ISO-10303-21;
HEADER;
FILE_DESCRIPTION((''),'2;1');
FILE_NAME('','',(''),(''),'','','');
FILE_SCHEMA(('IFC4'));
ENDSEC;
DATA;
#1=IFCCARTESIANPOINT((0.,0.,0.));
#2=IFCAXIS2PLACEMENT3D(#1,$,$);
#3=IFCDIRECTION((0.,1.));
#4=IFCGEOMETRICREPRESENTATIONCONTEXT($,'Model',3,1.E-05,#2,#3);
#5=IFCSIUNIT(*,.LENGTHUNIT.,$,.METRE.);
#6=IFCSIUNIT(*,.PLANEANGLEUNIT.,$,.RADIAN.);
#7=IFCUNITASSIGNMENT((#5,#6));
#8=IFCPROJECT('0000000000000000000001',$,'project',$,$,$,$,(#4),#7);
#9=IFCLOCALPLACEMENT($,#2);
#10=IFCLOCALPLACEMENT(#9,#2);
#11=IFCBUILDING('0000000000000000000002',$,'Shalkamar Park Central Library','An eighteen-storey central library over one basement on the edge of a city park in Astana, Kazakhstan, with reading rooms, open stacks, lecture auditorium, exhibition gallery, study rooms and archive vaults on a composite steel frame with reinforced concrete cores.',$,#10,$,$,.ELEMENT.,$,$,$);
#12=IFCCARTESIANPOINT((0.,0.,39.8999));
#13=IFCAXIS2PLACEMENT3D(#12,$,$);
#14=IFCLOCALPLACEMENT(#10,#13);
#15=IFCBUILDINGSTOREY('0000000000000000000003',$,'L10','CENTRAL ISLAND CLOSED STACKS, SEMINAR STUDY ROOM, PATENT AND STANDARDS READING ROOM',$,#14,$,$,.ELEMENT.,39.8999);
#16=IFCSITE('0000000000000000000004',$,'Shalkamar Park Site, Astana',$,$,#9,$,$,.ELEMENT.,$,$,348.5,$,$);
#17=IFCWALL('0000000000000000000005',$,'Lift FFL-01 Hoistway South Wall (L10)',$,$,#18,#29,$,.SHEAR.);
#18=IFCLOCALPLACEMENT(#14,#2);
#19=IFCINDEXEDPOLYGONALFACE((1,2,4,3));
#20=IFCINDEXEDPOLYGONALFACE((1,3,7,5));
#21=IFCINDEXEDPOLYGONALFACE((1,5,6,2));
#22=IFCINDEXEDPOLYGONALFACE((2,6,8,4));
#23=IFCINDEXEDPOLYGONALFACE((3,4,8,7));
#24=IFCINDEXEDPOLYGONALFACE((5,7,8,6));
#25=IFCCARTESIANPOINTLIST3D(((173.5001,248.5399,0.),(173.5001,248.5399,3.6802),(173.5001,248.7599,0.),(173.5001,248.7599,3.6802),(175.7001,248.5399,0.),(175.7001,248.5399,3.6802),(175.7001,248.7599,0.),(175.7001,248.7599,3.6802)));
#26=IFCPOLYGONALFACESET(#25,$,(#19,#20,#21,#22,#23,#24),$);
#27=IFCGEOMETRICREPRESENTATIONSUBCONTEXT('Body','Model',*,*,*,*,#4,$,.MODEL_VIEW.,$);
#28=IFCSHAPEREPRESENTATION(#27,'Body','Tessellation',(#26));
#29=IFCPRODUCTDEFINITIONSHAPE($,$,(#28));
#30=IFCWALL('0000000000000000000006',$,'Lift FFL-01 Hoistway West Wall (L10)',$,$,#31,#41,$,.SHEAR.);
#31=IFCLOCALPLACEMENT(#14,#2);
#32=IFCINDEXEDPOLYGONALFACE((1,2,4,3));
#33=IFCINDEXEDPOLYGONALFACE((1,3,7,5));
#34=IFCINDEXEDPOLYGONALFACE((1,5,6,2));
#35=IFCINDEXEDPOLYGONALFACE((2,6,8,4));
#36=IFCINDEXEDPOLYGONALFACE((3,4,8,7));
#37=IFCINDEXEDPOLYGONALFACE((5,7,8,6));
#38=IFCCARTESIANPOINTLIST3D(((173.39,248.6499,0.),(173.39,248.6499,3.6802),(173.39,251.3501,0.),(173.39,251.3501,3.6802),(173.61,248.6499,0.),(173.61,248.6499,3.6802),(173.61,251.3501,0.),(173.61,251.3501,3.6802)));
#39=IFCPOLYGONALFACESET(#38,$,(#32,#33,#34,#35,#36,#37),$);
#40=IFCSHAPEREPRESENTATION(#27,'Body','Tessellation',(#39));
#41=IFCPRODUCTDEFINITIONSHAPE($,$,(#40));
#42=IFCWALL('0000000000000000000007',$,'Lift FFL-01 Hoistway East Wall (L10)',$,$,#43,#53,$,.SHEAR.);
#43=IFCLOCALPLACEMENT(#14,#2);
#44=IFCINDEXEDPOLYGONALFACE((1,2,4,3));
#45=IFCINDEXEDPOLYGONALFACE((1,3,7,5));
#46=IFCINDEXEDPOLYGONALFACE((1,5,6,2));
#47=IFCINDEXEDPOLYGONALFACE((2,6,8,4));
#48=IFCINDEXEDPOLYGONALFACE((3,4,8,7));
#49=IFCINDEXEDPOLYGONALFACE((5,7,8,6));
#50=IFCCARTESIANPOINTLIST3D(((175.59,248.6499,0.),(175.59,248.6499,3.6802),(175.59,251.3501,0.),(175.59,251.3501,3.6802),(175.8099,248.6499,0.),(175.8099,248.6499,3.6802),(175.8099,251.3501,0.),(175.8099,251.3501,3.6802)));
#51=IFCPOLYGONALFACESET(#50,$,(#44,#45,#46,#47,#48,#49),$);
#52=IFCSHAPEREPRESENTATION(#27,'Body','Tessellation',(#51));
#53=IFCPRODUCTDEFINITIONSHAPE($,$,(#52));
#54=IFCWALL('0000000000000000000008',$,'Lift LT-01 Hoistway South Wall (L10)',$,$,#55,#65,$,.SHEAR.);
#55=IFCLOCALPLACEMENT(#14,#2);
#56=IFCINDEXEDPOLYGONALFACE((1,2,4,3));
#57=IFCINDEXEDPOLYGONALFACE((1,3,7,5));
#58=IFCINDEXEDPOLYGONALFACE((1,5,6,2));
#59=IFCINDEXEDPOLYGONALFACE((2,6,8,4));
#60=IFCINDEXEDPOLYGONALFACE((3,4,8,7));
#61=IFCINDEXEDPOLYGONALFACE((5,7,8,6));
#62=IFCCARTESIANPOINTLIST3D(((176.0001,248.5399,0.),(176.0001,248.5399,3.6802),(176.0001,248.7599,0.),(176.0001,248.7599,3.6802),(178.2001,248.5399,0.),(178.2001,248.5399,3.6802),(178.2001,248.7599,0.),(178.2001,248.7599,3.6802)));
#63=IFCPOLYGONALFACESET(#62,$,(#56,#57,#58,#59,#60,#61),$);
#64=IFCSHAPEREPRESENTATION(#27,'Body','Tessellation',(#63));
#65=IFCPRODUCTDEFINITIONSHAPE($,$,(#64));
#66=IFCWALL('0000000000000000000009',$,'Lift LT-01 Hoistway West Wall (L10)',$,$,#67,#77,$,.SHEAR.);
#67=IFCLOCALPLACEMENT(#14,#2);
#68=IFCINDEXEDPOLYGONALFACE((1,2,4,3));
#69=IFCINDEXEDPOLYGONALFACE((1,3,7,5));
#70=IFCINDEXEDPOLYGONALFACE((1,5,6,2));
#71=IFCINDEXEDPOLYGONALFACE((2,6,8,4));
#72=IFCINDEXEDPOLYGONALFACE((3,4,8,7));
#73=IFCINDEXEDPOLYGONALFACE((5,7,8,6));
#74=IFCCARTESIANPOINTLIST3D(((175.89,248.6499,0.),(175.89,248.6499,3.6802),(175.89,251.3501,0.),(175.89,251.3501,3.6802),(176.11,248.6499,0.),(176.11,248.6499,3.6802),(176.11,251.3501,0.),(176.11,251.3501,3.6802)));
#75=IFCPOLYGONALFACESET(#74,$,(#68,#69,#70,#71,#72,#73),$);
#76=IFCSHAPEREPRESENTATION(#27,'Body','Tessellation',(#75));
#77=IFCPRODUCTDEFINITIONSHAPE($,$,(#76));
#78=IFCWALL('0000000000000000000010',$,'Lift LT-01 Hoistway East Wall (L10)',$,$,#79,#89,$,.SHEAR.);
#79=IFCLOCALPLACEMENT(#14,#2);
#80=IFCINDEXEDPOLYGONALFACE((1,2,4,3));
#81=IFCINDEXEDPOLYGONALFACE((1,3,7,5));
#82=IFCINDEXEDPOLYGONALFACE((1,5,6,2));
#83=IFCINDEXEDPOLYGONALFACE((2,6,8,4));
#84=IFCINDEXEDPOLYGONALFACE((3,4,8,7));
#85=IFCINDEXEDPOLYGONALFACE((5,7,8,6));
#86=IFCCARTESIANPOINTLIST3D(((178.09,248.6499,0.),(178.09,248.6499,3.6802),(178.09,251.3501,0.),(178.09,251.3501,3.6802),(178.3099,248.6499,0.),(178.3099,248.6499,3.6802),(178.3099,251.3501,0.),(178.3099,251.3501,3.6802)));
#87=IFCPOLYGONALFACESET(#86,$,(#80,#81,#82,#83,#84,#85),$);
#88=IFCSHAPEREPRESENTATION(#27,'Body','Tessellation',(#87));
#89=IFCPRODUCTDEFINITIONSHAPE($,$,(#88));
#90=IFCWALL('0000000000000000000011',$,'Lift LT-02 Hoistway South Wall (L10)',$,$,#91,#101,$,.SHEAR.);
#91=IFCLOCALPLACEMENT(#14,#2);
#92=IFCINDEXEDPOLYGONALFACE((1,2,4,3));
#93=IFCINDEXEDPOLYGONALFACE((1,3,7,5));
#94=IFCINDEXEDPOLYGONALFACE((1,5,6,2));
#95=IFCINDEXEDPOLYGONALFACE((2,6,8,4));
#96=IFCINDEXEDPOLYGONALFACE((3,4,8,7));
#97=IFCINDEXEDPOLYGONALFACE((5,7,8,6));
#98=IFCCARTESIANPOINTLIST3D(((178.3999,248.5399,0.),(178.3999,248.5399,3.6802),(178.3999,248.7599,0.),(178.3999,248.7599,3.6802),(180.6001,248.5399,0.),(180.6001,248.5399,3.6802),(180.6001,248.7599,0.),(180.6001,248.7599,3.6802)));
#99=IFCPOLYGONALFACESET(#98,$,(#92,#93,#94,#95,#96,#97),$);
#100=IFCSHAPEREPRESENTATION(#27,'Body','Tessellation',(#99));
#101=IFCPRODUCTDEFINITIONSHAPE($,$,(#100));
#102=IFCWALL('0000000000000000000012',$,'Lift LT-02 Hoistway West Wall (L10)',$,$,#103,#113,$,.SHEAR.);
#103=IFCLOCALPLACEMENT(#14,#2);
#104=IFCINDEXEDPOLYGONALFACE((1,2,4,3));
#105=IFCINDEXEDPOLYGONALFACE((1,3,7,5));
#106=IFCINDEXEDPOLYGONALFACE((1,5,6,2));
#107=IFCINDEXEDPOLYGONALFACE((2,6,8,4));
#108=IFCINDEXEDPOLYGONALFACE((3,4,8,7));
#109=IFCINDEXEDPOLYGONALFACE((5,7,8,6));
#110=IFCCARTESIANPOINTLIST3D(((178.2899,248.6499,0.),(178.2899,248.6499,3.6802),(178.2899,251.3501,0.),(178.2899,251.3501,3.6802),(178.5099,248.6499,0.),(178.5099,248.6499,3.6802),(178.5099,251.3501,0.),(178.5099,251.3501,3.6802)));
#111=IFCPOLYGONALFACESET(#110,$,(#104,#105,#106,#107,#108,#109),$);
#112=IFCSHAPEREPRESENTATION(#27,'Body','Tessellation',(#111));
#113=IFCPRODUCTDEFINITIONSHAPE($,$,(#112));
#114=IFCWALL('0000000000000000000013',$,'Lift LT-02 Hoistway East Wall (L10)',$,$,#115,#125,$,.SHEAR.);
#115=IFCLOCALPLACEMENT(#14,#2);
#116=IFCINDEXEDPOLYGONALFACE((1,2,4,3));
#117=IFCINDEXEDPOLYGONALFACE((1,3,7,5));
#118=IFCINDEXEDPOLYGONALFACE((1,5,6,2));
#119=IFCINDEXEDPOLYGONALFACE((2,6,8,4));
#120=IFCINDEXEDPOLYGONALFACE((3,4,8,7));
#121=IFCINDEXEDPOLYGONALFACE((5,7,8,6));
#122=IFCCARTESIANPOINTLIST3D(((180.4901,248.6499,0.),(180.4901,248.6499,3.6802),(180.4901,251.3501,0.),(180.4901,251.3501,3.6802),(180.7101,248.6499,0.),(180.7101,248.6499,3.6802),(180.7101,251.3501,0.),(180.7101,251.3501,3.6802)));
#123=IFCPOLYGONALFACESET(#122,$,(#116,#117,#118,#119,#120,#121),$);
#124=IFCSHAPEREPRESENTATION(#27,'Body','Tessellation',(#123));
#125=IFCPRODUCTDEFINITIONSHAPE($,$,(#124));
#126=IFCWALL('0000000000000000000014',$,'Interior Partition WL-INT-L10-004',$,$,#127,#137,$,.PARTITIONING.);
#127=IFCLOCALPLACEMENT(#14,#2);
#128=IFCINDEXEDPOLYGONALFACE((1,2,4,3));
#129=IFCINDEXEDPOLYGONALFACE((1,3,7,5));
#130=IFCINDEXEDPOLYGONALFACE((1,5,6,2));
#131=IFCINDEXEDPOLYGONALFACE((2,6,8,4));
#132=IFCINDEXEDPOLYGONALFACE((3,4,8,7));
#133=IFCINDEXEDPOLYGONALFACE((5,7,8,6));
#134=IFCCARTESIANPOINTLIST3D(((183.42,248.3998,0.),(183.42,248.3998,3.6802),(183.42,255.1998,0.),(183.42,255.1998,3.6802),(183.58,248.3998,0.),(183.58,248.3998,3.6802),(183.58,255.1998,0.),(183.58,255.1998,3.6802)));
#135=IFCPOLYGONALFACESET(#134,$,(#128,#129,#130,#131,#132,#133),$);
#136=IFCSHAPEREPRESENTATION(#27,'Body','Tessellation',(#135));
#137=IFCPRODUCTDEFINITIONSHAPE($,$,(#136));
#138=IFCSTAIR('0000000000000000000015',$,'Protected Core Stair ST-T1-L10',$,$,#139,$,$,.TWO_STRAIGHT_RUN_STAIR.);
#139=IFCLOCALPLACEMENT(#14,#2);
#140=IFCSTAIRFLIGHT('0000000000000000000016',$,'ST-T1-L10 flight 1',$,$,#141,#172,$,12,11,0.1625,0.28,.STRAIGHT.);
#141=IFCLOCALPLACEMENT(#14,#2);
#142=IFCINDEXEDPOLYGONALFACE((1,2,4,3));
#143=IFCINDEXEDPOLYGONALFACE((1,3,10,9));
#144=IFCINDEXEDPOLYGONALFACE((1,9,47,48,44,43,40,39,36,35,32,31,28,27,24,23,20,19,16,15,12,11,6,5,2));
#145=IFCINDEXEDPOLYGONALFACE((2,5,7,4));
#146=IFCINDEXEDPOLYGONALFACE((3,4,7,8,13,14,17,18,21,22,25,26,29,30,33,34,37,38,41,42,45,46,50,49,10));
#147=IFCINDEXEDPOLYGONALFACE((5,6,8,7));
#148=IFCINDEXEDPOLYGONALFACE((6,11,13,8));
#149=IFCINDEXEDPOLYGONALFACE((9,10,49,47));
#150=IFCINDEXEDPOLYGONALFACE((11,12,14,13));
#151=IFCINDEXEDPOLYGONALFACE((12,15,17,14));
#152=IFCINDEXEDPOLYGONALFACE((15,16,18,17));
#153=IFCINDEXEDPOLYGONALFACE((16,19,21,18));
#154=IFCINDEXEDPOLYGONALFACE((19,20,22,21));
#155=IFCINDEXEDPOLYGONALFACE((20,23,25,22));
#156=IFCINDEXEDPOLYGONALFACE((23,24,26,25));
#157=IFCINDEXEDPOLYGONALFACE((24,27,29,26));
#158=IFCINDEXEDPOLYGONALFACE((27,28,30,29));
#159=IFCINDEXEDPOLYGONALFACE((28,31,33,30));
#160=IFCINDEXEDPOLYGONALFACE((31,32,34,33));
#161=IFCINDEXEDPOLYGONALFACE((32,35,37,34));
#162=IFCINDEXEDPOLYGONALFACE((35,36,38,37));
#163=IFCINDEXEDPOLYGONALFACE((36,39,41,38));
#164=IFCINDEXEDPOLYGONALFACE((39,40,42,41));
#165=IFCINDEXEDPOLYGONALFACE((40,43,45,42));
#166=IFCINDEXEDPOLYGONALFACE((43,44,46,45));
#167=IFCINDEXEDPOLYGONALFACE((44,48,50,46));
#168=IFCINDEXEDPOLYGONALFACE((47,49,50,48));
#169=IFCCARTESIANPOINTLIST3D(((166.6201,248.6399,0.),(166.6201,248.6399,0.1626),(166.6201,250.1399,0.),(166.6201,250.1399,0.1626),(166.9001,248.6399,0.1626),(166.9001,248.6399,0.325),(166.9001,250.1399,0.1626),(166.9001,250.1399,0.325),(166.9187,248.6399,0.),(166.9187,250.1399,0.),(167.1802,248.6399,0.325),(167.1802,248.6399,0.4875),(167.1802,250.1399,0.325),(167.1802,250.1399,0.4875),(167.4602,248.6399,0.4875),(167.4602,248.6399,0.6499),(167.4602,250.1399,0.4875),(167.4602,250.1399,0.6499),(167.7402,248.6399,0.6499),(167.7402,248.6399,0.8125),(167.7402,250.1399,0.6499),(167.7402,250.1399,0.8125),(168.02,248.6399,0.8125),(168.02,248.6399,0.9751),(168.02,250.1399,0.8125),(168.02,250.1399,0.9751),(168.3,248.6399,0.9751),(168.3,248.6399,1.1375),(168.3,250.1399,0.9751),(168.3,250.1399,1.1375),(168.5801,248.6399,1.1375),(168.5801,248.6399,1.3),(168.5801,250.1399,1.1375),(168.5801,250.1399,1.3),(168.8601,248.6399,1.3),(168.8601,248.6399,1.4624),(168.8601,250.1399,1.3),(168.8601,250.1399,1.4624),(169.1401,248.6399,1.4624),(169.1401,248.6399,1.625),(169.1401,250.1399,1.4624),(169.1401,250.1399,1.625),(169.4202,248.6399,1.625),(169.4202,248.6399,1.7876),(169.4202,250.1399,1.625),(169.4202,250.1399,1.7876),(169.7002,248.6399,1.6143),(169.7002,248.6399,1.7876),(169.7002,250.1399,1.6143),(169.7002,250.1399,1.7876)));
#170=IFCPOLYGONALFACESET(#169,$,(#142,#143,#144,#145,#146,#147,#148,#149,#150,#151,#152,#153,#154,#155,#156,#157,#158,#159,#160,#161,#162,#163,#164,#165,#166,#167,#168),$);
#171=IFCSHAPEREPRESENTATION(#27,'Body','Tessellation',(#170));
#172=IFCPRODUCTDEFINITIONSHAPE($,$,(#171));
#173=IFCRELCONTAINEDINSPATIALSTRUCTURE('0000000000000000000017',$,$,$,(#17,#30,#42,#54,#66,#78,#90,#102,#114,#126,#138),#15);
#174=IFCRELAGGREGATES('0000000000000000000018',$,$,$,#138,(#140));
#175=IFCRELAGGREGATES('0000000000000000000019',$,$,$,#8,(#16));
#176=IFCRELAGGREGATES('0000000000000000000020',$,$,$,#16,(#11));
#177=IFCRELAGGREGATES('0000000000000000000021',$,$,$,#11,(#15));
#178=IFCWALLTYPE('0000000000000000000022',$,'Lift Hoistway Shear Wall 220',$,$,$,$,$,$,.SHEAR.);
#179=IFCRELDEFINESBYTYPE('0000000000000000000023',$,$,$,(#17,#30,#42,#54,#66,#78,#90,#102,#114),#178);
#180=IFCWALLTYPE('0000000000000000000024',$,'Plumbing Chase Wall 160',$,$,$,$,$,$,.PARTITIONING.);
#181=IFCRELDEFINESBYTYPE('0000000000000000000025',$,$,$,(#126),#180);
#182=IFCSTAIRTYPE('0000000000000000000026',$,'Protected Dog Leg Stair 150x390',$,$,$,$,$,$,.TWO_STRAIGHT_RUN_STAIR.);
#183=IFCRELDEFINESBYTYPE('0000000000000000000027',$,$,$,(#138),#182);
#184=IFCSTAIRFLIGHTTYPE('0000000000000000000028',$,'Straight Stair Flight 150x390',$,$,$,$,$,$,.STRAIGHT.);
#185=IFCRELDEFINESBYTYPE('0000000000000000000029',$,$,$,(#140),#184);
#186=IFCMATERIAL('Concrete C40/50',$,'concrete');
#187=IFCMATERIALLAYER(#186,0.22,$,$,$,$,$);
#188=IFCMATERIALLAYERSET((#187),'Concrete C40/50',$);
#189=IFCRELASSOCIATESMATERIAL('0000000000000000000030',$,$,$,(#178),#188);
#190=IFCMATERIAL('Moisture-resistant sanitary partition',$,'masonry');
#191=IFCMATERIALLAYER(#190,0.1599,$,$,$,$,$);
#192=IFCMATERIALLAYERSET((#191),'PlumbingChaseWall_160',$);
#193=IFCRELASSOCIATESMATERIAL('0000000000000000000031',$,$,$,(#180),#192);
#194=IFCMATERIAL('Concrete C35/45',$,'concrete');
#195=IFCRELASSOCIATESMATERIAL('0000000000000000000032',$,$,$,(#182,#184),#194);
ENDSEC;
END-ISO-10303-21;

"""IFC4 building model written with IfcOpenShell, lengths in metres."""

from ifc_helpers import new_model, si_unit, direction, frame, frame_2d, origin, place, context, subcontext, project, spatial, polyline, rectangle, outline, extrude, material, layer, layer_set, type_object, element, aggregate, save


model = new_model("IFC4")

# Units and contexts
model_context = context("Model", 3, precision=1e-05, world=origin(), true_north=direction((0.0, 1.0)))
body_context = subcontext(model_context, "Body", "Model", "MODEL_VIEW")
ifc_project = project(units=[si_unit("LENGTHUNIT", "METRE"), si_unit("PLANEANGLEUNIT", "RADIAN")], contexts=[model_context])

# Site, building, storey
site_placement = place(None, origin())
site = spatial("IfcSite", under=ifc_project, at=site_placement, Name="Shalkamar Park Site, Astana", CompositionType="ELEMENT", RefElevation=348.5)
building_placement = place(site_placement, origin())
building = spatial("IfcBuilding", under=site, at=building_placement, Name="Shalkamar Park Central Library", Description="An eighteen-storey central library over one basement on the edge of a city park in Astana, Kazakhstan, with reading rooms, open stacks, lecture auditorium, exhibition gallery, study rooms and archive vaults on a composite steel frame with reinforced concrete cores.", CompositionType="ELEMENT")
storey_placement = place(building_placement, frame((0.0, 0.0, 39.8999)))
storey = spatial("IfcBuildingStorey", under=building, at=storey_placement, Name="L10", Description="CENTRAL ISLAND CLOSED STACKS, SEMINAR STUDY ROOM, PATENT AND STANDARDS READING ROOM", CompositionType="ELEMENT", Elevation=39.8999)

# Walls
ifc_material_1 = material(Name="Concrete C40/50", Category="concrete")
ifc_layer_1 = layer(ifc_material_1, 0.22)
ifc_layer_set_1 = layer_set([ifc_layer_1], Name="Concrete C40/50")
wall_type_1 = type_object("IfcWallType", Name="Lift Hoistway Shear Wall 220", PredefinedType="SHEAR", material=ifc_layer_set_1)
wall_1_placement = place(storey_placement, frame((173.5, 248.6499, 0.0), z_axis=(0.0, 0.0, 1.0), x_axis=(1.0, 0.0, 0.0)))
element("IfcWall", 1, at=wall_1_placement, inside=storey, type_object=wall_type_1, Name="Lift FFL-01 Hoistway South Wall (L10)", PredefinedType="SHEAR", context=body_context, shape_type="SweptSolid", body=[
    extrude(rectangle(XDim=2.2, YDim=0.22, at=frame_2d((1.1001, 0.0))), origin(), (0.0, 0.0, 1.0), 3.6802),
])
for number, where, z_axis, x_axis, name in (
    (2, (173.5, 248.6499, 0.0), (0.0, 0.0, 1.0), (0.0, 1.0, 0.0), "Lift FFL-01 Hoistway West Wall (L10)"),
    (3, (175.7, 248.6499, 0.0), (0.0, 0.0, 1.0), (0.0, 1.0, 0.0), "Lift FFL-01 Hoistway East Wall (L10)"),
):
    element("IfcWall", number, at=place(storey_placement, frame(where, z_axis=z_axis, x_axis=x_axis)), inside=storey, type_object=wall_type_1, Name=name, PredefinedType="SHEAR", context=body_context, shape_type="SweptSolid", body=[
        extrude(rectangle(XDim=2.7002, YDim=0.22, at=frame_2d((1.3501, 0.0))), origin(), (0.0, 0.0, 1.0), 3.6802),
    ])

# Walls
wall_2_placement = place(storey_placement, frame((176.0, 248.6499, 0.0), z_axis=(0.0, 0.0, 1.0), x_axis=(1.0, 0.0, 0.0)))
element("IfcWall", 4, at=wall_2_placement, inside=storey, type_object=wall_type_1, Name="Lift LT-01 Hoistway South Wall (L10)", PredefinedType="SHEAR", context=body_context, shape_type="SweptSolid", body=[
    extrude(rectangle(XDim=2.2, YDim=0.22, at=frame_2d((1.1001, 0.0))), origin(), (0.0, 0.0, 1.0), 3.6802),
])
for number, where, z_axis, x_axis, name in (
    (5, (176.0, 248.6499, 0.0), (0.0, 0.0, 1.0), (0.0, 1.0, 0.0), "Lift LT-01 Hoistway West Wall (L10)"),
    (6, (178.2, 248.6499, 0.0), (0.0, 0.0, 1.0), (0.0, 1.0, 0.0), "Lift LT-01 Hoistway East Wall (L10)"),
):
    element("IfcWall", number, at=place(storey_placement, frame(where, z_axis=z_axis, x_axis=x_axis)), inside=storey, type_object=wall_type_1, Name=name, PredefinedType="SHEAR", context=body_context, shape_type="SweptSolid", body=[
        extrude(rectangle(XDim=2.7002, YDim=0.22, at=frame_2d((1.3501, 0.0))), origin(), (0.0, 0.0, 1.0), 3.6802),
    ])

# Walls
wall_3_placement = place(storey_placement, frame((178.3999, 248.6499, 0.0), z_axis=(0.0, 0.0, 1.0), x_axis=(1.0, 0.0, 0.0)))
element("IfcWall", 7, at=wall_3_placement, inside=storey, type_object=wall_type_1, Name="Lift LT-02 Hoistway South Wall (L10)", PredefinedType="SHEAR", context=body_context, shape_type="SweptSolid", body=[
    extrude(rectangle(XDim=2.2002, YDim=0.22, at=frame_2d((1.1001, 0.0))), origin(), (0.0, 0.0, 1.0), 3.6802),
])
for number, where, z_axis, x_axis, name in (
    (8, (178.3999, 248.6499, 0.0), (0.0, 0.0, 1.0), (0.0, 1.0, 0.0), "Lift LT-02 Hoistway West Wall (L10)"),
    (9, (180.6001, 248.6499, 0.0), (0.0, 0.0, 1.0), (0.0, 1.0, 0.0), "Lift LT-02 Hoistway East Wall (L10)"),
):
    element("IfcWall", number, at=place(storey_placement, frame(where, z_axis=z_axis, x_axis=x_axis)), inside=storey, type_object=wall_type_1, Name=name, PredefinedType="SHEAR", context=body_context, shape_type="SweptSolid", body=[
        extrude(rectangle(XDim=2.7002, YDim=0.22, at=frame_2d((1.3501, 0.0))), origin(), (0.0, 0.0, 1.0), 3.6802),
    ])

# Wall
ifc_material_2 = material(Name="Moisture-resistant sanitary partition", Category="masonry")
ifc_layer_2 = layer(ifc_material_2, 0.1599)
ifc_layer_set_2 = layer_set([ifc_layer_2], Name="PlumbingChaseWall_160")
wall_type_2 = type_object("IfcWallType", Name="Plumbing Chase Wall 160", PredefinedType="PARTITIONING", material=ifc_layer_set_2)
wall_4_placement = place(storey_placement, frame((183.5, 248.3999, 0.0), z_axis=(0.0, 0.0, 1.0), x_axis=(0.0, 1.0, 0.0)))
element("IfcWall", 10, at=wall_4_placement, inside=storey, type_object=wall_type_2, Name="Interior Partition WL-INT-L10-004", PredefinedType="PARTITIONING", context=body_context, shape_type="SweptSolid", body=[
    extrude(rectangle(XDim=6.8, YDim=0.1599, at=frame_2d((3.3999, 0.0))), origin(), (0.0, 0.0, 1.0), 3.6802),
])

# Stair, stair flight
ifc_material_3 = material(Name="Concrete C35/45", Category="concrete")
stair_type = type_object("IfcStairType", Name="Protected Dog Leg Stair 150x390", PredefinedType="TWO_STRAIGHT_RUN_STAIR", material=ifc_material_3)
stair_placement = place(storey_placement, origin())
stair = element("IfcStair", 11, at=stair_placement, inside=storey, type_object=stair_type, Name="Protected Core Stair ST-T1-L10", PredefinedType="TWO_STRAIGHT_RUN_STAIR")
stair_flight_type = type_object("IfcStairFlightType", Name="Straight Stair Flight 150x390", PredefinedType="STRAIGHT", material=ifc_material_3)
stair_flight_1_placement = place(storey_placement, frame((166.6201, 249.3899, 0.0), z_axis=(0.0, 0.0, 1.0), x_axis=(1.0, 0.0, 0.0)))
stair_flight_1 = element("IfcStairFlight", 12, at=stair_flight_1_placement, type_object=stair_flight_type, Name="ST-T1-L10 flight 1", NumberOfRisers=12, NumberOfTreads=11, PredefinedType="STRAIGHT", RiserHeight=0.1625, TreadLength=0.28, context=body_context, shape_type="SweptSolid", body=[
    extrude(outline(polyline([(0.0, 0.0), (0.0, 0.1626), (0.28, 0.1626), (0.28, 0.325), (0.5601, 0.325), (0.5601, 0.4875), (0.8401, 0.4875), (0.8401, 0.6499), (1.1201, 0.6499), (1.1201, 0.8125), (1.3999, 0.8125), (1.3999, 0.9751), (1.6799, 0.9751), (1.6799, 1.1375), (1.96, 1.1375), (1.96, 1.3), (2.24, 1.3), (2.24, 1.4624), (2.52, 1.4624), (2.52, 1.625), (2.8, 1.625), (2.8, 1.7876), (3.0801, 1.7876), (3.0801, 1.95), (3.0801, 1.6143), (0.2986, 0.0), (0.0, 0.0)])), frame((0.0, 0.75, 0.0), z_axis=(0.0, -1.0, 0.0), x_axis=(1.0, 0.0, 0.0)), (0.0, 0.0, 1.0), 1.5),
])
aggregate(stair, [stair_flight_1])

save(model, "model.ifc")
